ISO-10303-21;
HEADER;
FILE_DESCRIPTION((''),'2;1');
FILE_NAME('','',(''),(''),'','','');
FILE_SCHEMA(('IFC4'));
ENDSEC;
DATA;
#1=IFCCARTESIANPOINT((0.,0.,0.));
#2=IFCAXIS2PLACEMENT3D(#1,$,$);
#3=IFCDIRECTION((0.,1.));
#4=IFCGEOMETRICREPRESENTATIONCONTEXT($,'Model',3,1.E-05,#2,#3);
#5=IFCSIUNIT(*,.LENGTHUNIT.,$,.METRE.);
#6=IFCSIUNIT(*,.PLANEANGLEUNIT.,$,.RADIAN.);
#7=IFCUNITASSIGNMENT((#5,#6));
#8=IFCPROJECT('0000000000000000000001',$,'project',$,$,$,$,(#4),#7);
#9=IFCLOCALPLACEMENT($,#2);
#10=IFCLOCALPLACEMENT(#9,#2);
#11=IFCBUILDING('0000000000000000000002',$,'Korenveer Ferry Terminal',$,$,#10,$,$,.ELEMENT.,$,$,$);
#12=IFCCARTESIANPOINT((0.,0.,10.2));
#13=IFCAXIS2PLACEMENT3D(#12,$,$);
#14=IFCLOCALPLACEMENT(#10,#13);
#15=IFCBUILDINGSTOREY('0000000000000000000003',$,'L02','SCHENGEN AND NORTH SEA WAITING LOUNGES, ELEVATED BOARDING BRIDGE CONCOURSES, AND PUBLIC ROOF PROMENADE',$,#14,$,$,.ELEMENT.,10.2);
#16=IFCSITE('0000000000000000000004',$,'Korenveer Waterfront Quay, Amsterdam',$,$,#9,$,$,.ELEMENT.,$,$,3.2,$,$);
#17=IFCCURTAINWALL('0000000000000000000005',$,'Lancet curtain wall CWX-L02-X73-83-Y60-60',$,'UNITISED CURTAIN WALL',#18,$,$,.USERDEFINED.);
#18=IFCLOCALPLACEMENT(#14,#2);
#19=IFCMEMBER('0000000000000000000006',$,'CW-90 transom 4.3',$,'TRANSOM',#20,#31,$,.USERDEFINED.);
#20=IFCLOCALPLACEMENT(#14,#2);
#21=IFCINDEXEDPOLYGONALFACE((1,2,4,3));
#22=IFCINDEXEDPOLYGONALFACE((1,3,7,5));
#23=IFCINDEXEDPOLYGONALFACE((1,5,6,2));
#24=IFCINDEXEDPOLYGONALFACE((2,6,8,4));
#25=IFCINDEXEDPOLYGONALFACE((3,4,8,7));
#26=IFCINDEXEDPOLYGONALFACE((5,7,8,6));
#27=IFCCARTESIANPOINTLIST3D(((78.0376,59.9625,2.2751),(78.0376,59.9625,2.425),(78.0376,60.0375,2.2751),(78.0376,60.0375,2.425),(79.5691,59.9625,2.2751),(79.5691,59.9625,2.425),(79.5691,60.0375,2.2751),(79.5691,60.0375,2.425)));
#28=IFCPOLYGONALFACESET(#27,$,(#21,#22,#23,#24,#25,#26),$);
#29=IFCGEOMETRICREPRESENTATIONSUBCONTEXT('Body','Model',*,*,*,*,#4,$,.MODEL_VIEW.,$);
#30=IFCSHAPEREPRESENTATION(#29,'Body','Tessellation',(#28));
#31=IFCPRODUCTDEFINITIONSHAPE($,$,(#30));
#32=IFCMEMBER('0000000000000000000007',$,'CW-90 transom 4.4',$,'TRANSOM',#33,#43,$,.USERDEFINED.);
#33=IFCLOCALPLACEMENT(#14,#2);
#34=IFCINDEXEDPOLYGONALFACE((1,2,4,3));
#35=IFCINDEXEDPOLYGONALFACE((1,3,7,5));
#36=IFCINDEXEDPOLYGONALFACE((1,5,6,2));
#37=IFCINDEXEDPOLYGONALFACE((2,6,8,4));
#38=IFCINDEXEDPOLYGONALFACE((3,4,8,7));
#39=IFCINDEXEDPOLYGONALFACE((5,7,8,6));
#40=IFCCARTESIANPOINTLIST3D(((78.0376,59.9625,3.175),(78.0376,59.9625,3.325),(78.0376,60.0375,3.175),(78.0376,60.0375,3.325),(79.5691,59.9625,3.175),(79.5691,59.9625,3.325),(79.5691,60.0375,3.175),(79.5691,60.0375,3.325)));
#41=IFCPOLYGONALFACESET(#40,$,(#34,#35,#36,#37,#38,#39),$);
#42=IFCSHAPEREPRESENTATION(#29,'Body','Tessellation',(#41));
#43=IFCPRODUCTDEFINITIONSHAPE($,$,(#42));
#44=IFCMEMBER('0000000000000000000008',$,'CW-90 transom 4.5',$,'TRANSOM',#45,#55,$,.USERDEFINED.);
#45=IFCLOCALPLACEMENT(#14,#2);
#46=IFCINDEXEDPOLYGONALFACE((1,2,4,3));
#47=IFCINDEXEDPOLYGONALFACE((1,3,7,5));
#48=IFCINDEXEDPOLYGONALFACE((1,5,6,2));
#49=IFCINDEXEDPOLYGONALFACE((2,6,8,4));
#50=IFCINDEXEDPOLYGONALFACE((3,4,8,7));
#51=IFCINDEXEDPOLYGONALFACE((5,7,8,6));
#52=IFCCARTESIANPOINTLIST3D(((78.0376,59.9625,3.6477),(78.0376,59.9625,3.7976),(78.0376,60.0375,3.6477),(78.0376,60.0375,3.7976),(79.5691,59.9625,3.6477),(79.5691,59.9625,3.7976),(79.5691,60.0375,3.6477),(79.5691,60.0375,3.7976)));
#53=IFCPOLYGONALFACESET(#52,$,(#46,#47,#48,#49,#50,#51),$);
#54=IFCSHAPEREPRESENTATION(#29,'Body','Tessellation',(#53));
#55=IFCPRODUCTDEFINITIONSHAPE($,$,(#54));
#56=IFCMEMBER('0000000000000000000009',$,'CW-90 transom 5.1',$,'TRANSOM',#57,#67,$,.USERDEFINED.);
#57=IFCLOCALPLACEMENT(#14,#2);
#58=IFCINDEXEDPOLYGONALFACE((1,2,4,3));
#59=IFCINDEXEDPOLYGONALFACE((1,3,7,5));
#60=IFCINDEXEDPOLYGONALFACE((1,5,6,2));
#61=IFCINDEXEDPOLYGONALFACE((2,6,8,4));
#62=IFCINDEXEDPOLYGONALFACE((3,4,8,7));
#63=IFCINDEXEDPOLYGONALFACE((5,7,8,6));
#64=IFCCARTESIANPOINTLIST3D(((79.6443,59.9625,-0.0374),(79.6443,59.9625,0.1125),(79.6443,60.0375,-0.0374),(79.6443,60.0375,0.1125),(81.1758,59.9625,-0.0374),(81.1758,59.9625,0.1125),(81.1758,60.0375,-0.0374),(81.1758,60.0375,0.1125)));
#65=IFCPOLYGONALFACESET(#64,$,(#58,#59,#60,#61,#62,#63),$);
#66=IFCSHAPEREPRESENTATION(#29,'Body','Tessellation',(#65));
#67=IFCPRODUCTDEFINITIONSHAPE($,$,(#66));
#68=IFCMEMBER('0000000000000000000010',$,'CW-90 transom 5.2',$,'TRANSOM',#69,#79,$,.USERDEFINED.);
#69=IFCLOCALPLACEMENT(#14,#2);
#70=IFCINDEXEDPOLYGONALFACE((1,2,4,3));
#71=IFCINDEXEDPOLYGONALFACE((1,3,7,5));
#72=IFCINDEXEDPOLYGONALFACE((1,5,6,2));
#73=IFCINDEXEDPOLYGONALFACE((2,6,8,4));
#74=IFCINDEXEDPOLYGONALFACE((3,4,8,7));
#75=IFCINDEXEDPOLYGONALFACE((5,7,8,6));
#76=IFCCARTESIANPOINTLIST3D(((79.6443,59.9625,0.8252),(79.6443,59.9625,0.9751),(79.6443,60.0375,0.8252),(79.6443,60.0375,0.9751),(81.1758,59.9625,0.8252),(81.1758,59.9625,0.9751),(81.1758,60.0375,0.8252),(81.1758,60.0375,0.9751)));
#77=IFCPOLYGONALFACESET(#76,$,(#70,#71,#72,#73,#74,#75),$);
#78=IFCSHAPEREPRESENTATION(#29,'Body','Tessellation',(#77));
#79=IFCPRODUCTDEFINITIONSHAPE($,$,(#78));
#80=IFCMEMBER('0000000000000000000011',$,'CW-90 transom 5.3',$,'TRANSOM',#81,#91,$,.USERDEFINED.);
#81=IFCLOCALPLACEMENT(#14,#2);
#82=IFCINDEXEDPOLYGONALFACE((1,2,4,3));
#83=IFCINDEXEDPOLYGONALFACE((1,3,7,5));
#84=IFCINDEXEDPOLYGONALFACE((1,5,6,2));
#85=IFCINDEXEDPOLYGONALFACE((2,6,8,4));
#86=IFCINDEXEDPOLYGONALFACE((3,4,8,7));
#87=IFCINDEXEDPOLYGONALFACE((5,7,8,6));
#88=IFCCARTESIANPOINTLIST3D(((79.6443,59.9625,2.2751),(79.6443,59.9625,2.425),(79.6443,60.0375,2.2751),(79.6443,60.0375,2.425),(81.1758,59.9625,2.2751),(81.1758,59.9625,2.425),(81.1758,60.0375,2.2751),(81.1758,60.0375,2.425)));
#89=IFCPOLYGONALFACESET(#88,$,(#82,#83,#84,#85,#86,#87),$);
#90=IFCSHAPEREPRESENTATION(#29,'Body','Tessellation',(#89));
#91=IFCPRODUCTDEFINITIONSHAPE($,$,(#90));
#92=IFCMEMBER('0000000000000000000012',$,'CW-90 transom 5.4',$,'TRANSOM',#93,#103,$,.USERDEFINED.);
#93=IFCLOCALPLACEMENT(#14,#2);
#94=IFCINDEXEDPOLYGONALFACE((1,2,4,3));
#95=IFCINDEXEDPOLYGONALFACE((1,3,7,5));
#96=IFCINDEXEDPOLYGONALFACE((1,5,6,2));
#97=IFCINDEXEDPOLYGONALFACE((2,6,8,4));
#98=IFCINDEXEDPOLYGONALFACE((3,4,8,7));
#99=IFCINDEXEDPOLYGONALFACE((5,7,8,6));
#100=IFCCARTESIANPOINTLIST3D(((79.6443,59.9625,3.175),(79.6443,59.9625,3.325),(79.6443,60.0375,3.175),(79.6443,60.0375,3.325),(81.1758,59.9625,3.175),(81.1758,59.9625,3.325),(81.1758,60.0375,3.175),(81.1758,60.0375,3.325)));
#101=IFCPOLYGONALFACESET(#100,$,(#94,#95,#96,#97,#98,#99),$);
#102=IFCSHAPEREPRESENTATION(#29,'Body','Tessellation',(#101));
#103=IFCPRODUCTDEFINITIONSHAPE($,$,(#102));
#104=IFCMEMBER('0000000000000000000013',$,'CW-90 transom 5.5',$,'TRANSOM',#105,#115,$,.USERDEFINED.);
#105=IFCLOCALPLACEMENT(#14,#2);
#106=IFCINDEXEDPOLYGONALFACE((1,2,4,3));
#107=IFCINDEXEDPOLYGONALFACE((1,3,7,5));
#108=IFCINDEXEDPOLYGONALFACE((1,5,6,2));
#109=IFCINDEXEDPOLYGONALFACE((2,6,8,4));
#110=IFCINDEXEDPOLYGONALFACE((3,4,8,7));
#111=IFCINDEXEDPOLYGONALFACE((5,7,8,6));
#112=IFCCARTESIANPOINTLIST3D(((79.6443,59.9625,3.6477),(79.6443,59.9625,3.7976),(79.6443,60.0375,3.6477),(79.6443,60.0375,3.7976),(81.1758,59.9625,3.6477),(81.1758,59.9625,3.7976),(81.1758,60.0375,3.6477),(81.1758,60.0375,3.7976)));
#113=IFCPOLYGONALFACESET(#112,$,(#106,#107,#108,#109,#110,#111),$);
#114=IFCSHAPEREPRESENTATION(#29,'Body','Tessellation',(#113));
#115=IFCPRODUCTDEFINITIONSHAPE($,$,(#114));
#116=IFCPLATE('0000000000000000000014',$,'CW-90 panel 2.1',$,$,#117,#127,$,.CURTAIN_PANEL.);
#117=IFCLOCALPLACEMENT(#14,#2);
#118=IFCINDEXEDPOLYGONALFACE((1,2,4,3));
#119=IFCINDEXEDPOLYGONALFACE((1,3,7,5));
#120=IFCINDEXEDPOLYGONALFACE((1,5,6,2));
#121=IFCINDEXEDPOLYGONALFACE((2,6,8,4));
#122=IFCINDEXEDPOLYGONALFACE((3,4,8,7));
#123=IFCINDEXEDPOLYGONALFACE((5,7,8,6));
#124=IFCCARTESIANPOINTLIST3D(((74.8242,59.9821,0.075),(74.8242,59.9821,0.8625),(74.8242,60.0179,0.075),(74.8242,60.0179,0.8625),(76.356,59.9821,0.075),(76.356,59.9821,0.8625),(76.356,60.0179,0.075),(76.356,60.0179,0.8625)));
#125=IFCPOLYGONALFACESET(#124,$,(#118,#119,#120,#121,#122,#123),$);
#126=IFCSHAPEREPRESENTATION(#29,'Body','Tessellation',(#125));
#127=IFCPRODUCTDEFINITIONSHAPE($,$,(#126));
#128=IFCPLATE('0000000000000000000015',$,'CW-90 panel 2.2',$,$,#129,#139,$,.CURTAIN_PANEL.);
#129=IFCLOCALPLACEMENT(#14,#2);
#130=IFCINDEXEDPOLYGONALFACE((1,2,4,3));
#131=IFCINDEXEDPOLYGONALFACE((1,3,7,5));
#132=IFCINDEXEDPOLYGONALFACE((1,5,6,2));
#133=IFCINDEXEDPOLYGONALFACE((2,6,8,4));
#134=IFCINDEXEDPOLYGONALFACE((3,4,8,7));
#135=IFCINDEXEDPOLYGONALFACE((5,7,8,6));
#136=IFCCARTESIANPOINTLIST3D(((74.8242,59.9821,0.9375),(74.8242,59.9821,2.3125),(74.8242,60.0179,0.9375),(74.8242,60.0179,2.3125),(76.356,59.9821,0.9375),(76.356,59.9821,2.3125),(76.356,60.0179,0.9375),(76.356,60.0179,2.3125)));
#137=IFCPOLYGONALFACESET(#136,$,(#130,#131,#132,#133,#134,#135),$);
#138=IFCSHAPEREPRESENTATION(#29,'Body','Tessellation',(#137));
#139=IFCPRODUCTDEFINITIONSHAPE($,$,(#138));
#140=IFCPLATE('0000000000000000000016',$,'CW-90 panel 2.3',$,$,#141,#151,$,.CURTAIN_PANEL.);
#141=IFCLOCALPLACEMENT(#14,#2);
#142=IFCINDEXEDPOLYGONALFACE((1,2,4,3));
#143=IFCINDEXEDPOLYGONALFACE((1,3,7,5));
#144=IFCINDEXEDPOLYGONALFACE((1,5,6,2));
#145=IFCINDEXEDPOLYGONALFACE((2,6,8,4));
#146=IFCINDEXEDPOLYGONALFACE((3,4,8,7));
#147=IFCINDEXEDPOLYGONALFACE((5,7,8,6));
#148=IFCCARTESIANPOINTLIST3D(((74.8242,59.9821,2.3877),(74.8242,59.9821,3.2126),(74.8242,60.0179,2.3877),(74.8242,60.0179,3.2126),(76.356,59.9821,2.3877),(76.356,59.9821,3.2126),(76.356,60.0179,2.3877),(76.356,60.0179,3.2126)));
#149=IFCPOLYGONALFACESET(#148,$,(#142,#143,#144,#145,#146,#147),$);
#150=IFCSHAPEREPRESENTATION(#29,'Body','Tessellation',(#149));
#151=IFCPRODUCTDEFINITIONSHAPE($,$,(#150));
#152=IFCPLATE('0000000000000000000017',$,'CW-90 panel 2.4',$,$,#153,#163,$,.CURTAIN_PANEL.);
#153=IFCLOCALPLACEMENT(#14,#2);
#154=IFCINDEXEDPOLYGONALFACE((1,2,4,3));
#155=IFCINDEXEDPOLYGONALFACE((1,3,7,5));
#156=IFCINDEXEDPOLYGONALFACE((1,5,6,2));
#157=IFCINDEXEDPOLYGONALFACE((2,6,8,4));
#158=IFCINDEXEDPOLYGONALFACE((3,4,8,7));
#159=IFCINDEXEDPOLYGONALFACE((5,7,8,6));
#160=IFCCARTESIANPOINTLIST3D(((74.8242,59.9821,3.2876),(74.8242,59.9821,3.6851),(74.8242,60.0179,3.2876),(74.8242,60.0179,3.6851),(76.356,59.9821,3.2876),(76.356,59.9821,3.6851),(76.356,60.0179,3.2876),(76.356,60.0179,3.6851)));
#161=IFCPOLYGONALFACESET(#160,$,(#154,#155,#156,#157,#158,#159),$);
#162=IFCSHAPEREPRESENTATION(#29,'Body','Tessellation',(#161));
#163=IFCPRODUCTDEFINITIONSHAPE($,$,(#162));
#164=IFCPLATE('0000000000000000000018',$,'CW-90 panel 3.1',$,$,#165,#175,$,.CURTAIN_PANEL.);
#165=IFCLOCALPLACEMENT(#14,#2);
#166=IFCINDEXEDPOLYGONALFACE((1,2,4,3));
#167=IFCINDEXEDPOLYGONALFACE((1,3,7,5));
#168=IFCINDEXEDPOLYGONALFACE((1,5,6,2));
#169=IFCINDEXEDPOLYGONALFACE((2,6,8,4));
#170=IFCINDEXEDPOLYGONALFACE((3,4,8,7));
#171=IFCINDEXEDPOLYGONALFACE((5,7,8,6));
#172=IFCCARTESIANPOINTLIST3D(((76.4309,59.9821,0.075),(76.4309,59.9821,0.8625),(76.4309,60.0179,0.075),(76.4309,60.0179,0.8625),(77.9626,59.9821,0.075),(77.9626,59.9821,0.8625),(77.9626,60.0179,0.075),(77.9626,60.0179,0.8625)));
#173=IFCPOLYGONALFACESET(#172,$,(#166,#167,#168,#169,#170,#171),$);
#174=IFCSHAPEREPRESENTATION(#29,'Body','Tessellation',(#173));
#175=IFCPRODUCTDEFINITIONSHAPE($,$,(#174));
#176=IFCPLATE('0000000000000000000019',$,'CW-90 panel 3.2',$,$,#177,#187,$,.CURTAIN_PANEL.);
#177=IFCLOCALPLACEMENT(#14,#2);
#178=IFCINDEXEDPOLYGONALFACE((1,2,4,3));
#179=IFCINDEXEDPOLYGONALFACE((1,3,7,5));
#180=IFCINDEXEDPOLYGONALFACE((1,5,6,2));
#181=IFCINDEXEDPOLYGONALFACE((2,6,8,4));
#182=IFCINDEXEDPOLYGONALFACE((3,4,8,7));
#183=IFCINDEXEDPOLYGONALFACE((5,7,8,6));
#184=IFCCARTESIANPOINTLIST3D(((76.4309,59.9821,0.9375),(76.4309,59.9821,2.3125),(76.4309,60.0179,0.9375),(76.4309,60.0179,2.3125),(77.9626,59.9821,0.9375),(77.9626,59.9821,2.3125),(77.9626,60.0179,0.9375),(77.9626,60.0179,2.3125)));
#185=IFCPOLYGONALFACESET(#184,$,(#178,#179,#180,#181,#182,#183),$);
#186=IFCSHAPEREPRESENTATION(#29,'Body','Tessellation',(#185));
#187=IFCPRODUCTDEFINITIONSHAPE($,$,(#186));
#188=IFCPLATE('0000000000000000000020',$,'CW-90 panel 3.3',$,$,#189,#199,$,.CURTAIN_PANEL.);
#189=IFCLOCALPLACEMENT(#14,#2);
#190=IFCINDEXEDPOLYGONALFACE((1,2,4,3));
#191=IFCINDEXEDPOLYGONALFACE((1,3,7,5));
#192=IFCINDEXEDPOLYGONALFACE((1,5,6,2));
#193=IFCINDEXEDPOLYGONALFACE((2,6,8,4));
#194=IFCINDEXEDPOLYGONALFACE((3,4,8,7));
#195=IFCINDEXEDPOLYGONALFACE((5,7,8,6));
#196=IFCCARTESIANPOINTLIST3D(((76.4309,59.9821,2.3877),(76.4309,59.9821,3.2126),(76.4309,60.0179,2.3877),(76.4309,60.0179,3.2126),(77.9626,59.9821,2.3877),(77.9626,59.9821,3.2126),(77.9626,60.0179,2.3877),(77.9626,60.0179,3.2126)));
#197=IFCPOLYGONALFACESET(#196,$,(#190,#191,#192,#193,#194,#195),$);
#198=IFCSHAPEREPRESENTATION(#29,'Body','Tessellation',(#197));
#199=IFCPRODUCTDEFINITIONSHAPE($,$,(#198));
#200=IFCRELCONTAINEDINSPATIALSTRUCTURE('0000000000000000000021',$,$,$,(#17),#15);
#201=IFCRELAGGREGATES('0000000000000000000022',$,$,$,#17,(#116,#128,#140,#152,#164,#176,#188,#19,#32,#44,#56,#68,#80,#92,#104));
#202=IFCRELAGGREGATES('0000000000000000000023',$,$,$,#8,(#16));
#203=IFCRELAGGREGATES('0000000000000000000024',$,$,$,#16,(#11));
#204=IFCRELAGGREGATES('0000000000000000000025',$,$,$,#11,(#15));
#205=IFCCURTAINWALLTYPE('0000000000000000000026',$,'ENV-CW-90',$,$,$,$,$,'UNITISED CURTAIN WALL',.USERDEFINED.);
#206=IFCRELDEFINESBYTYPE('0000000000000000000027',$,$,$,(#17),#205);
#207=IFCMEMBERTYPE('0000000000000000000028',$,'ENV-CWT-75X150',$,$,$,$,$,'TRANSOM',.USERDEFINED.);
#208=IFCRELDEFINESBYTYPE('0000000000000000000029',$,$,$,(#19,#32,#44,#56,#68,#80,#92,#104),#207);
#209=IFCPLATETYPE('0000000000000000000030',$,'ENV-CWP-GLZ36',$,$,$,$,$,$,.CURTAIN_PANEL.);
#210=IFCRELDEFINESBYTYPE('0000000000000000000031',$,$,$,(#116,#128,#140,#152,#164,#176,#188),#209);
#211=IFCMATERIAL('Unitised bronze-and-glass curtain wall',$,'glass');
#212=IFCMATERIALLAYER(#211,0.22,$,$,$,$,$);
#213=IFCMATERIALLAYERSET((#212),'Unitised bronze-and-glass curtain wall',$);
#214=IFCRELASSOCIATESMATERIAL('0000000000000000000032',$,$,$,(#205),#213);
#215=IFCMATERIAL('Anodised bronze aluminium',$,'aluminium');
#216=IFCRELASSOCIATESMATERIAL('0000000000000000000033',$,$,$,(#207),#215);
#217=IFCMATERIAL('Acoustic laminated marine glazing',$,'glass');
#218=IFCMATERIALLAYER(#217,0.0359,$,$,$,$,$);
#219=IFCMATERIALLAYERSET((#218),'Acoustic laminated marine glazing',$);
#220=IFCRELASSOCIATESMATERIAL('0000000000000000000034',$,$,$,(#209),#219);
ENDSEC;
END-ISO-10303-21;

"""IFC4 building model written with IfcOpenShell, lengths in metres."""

from ifc_helpers import new_model, si_unit, direction, frame, origin, origin_2d, place, context, subcontext, project, spatial, rectangle, extrude, material, layer, layer_set, material_profile, profile_set, type_object, element, aggregate, save


model = new_model("IFC4")

# Units and contexts
model_context = context("Model", 3, precision=1e-05, world=origin(), true_north=direction((0.0, 1.0)))
body_context = subcontext(model_context, "Body", "Model", "MODEL_VIEW")
ifc_project = project(units=[si_unit("LENGTHUNIT", "METRE"), si_unit("PLANEANGLEUNIT", "RADIAN")], contexts=[model_context])

# Site, building, storey
site_placement = place(None, origin())
site = spatial("IfcSite", under=ifc_project, at=site_placement, Name="Korenveer Waterfront Quay, Amsterdam", CompositionType="ELEMENT", RefElevation=3.2)
building_placement = place(site_placement, origin())
building = spatial("IfcBuilding", under=site, at=building_placement, Name="Korenveer Ferry Terminal", CompositionType="ELEMENT")
storey_placement = place(building_placement, frame((0.0, 0.0, 10.2)))
storey = spatial("IfcBuildingStorey", under=building, at=storey_placement, Name="L02", Description="SCHENGEN AND NORTH SEA WAITING LOUNGES, ELEVATED BOARDING BRIDGE CONCOURSES, AND PUBLIC ROOF PROMENADE", CompositionType="ELEMENT", Elevation=10.2)

# Curtain wall, members, plates
ifc_material_1 = material(Name="Unitised bronze-and-glass curtain wall", Category="glass")
ifc_layer_1 = layer(ifc_material_1, 0.22)
ifc_layer_set_1 = layer_set([ifc_layer_1], Name="Unitised bronze-and-glass curtain wall")
curtain_wall_type = type_object("IfcCurtainWallType", Name="ENV-CW-90", ElementType="UNITISED CURTAIN WALL", PredefinedType="USERDEFINED", material=ifc_layer_set_1)
curtain_wall_placement = place(storey_placement, frame((73.1799, 60.0, 0.0)))
curtain_wall = element("IfcCurtainWall", 1, at=curtain_wall_placement, inside=storey, type_object=curtain_wall_type, Name="Lancet curtain wall CWX-L02-X73-83-Y60-60", ObjectType="UNITISED CURTAIN WALL", PredefinedType="USERDEFINED")
ifc_material_2 = material(Name="Anodised bronze aluminium", Category="aluminium")
ifc_material_profile_1 = material_profile(ifc_material_2, rectangle(XDim=0.075, YDim=0.1499, at=origin_2d()), Name="ALU 75x150")
ifc_profile_set_1 = profile_set([ifc_material_profile_1], Name="Anodised bronze aluminium")
member_type_1 = type_object("IfcMemberType", Name="ENV-CWT-75X150", ElementType="TRANSOM", PredefinedType="USERDEFINED", material=ifc_profile_set_1)
member_1_placement = place(storey_placement, frame((78.0376, 60.0, 2.3501), z_axis=(1.0, 0.0, 0.0), x_axis=(0.0, 1.0, 0.0)))
member_1 = element("IfcMember", 2, at=member_1_placement, type_object=member_type_1, Name="CW-90 transom 4.3", ObjectType="TRANSOM", PredefinedType="USERDEFINED", context=body_context, shape_type="SweptSolid", body=[
    extrude(rectangle(XDim=0.075, YDim=0.1499, at=origin_2d()), origin(), (0.0, 0.0, 1.0), 1.5315),
])
member_2_placement = place(storey_placement, frame((78.0376, 60.0, 3.25), z_axis=(1.0, 0.0, 0.0), x_axis=(0.0, 1.0, 0.0)))
member_2 = element("IfcMember", 3, at=member_2_placement, type_object=member_type_1, Name="CW-90 transom 4.4", ObjectType="TRANSOM", PredefinedType="USERDEFINED", context=body_context, shape_type="SweptSolid", body=[
    extrude(rectangle(XDim=0.075, YDim=0.1499, at=origin_2d()), origin(), (0.0, 0.0, 1.0), 1.5315),
])
member_3_placement = place(storey_placement, frame((78.0376, 60.0, 3.7227), z_axis=(1.0, 0.0, 0.0), x_axis=(0.0, 1.0, 0.0)))
member_3 = element("IfcMember", 4, at=member_3_placement, type_object=member_type_1, Name="CW-90 transom 4.5", ObjectType="TRANSOM", PredefinedType="USERDEFINED", context=body_context, shape_type="SweptSolid", body=[
    extrude(rectangle(XDim=0.075, YDim=0.1499, at=origin_2d()), origin(), (0.0, 0.0, 1.0), 1.5315),
])
member_4_placement = place(storey_placement, frame((79.6443, 60.0, 0.0376), z_axis=(1.0, 0.0, 0.0), x_axis=(0.0, 1.0, 0.0)))
member_4 = element("IfcMember", 5, at=member_4_placement, type_object=member_type_1, Name="CW-90 transom 5.1", ObjectType="TRANSOM", PredefinedType="USERDEFINED", context=body_context, shape_type="SweptSolid", body=[
    extrude(rectangle(XDim=0.075, YDim=0.1499, at=origin_2d()), origin(), (0.0, 0.0, 1.0), 1.5315),
])
member_5_placement = place(storey_placement, frame((79.6443, 60.0, 0.9001), z_axis=(1.0, 0.0, 0.0), x_axis=(0.0, 1.0, 0.0)))
member_5 = element("IfcMember", 6, at=member_5_placement, type_object=member_type_1, Name="CW-90 transom 5.2", ObjectType="TRANSOM", PredefinedType="USERDEFINED", context=body_context, shape_type="SweptSolid", body=[
    extrude(rectangle(XDim=0.075, YDim=0.1499, at=origin_2d()), origin(), (0.0, 0.0, 1.0), 1.5315),
])
member_6_placement = place(storey_placement, frame((79.6443, 60.0, 2.3501), z_axis=(1.0, 0.0, 0.0), x_axis=(0.0, 1.0, 0.0)))
member_6 = element("IfcMember", 7, at=member_6_placement, type_object=member_type_1, Name="CW-90 transom 5.3", ObjectType="TRANSOM", PredefinedType="USERDEFINED", context=body_context, shape_type="SweptSolid", body=[
    extrude(rectangle(XDim=0.075, YDim=0.1499, at=origin_2d()), origin(), (0.0, 0.0, 1.0), 1.5315),
])
member_7_placement = place(storey_placement, frame((79.6443, 60.0, 3.25), z_axis=(1.0, 0.0, 0.0), x_axis=(0.0, 1.0, 0.0)))
member_7 = element("IfcMember", 8, at=member_7_placement, type_object=member_type_1, Name="CW-90 transom 5.4", ObjectType="TRANSOM", PredefinedType="USERDEFINED", context=body_context, shape_type="SweptSolid", body=[
    extrude(rectangle(XDim=0.075, YDim=0.1499, at=origin_2d()), origin(), (0.0, 0.0, 1.0), 1.5315),
])
member_8_placement = place(storey_placement, frame((79.6443, 60.0, 3.7227), z_axis=(1.0, 0.0, 0.0), x_axis=(0.0, 1.0, 0.0)))
member_8 = element("IfcMember", 9, at=member_8_placement, type_object=member_type_1, Name="CW-90 transom 5.5", ObjectType="TRANSOM", PredefinedType="USERDEFINED", context=body_context, shape_type="SweptSolid", body=[
    extrude(rectangle(XDim=0.075, YDim=0.1499, at=origin_2d()), origin(), (0.0, 0.0, 1.0), 1.5315),
])
ifc_material_3 = material(Name="Acoustic laminated marine glazing", Category="glass")
ifc_layer_2 = layer(ifc_material_3, 0.0359)
ifc_layer_set_2 = layer_set([ifc_layer_2], Name="Acoustic laminated marine glazing")
plate_type = type_object("IfcPlateType", Name="ENV-CWP-GLZ36", PredefinedType="CURTAIN_PANEL", material=ifc_layer_set_2)
plate_1_placement = place(storey_placement, frame((75.5901, 60.0, 0.075), z_axis=(0.0, 0.0, 1.0), x_axis=(1.0, 0.0, 0.0)))
plate_1 = element("IfcPlate", 10, at=plate_1_placement, type_object=plate_type, Name="CW-90 panel 2.1", PredefinedType="CURTAIN_PANEL", context=body_context, shape_type="SweptSolid", body=[
    extrude(rectangle(XDim=1.5317, YDim=0.0359, at=origin_2d()), origin(), (0.0, 0.0, 1.0), 0.7876),
])
plate_2_placement = place(storey_placement, frame((75.5901, 60.0, 0.9375), z_axis=(0.0, 0.0, 1.0), x_axis=(1.0, 0.0, 0.0)))
plate_2 = element("IfcPlate", 11, at=plate_2_placement, type_object=plate_type, Name="CW-90 panel 2.2", PredefinedType="CURTAIN_PANEL", context=body_context, shape_type="SweptSolid", body=[
    extrude(rectangle(XDim=1.5317, YDim=0.0359, at=origin_2d()), origin(), (0.0, 0.0, 1.0), 1.375),
])
plate_3_placement = place(storey_placement, frame((75.5901, 60.0, 2.3877), z_axis=(0.0, 0.0, 1.0), x_axis=(1.0, 0.0, 0.0)))
plate_3 = element("IfcPlate", 12, at=plate_3_placement, type_object=plate_type, Name="CW-90 panel 2.3", PredefinedType="CURTAIN_PANEL", context=body_context, shape_type="SweptSolid", body=[
    extrude(rectangle(XDim=1.5317, YDim=0.0359, at=origin_2d()), origin(), (0.0, 0.0, 1.0), 0.825),
])
plate_4_placement = place(storey_placement, frame((75.5901, 60.0, 3.2876), z_axis=(0.0, 0.0, 1.0), x_axis=(1.0, 0.0, 0.0)))
plate_4 = element("IfcPlate", 13, at=plate_4_placement, type_object=plate_type, Name="CW-90 panel 2.4", PredefinedType="CURTAIN_PANEL", context=body_context, shape_type="SweptSolid", body=[
    extrude(rectangle(XDim=1.5317, YDim=0.0359, at=origin_2d()), origin(), (0.0, 0.0, 1.0), 0.3975),
])
plate_5_placement = place(storey_placement, frame((77.1968, 60.0, 0.075), z_axis=(0.0, 0.0, 1.0), x_axis=(1.0, 0.0, 0.0)))
plate_5 = element("IfcPlate", 14, at=plate_5_placement, type_object=plate_type, Name="CW-90 panel 3.1", PredefinedType="CURTAIN_PANEL", context=body_context, shape_type="SweptSolid", body=[
    extrude(rectangle(XDim=1.5317, YDim=0.0359, at=origin_2d()), origin(), (0.0, 0.0, 1.0), 0.7876),
])
plate_6_placement = place(storey_placement, frame((77.1968, 60.0, 0.9375), z_axis=(0.0, 0.0, 1.0), x_axis=(1.0, 0.0, 0.0)))
plate_6 = element("IfcPlate", 15, at=plate_6_placement, type_object=plate_type, Name="CW-90 panel 3.2", PredefinedType="CURTAIN_PANEL", context=body_context, shape_type="SweptSolid", body=[
    extrude(rectangle(XDim=1.5317, YDim=0.0359, at=origin_2d()), origin(), (0.0, 0.0, 1.0), 1.375),
])
plate_7_placement = place(storey_placement, frame((77.1968, 60.0, 2.3877), z_axis=(0.0, 0.0, 1.0), x_axis=(1.0, 0.0, 0.0)))
plate_7 = element("IfcPlate", 16, at=plate_7_placement, type_object=plate_type, Name="CW-90 panel 3.3", PredefinedType="CURTAIN_PANEL", context=body_context, shape_type="SweptSolid", body=[
    extrude(rectangle(XDim=1.5317, YDim=0.0359, at=origin_2d()), origin(), (0.0, 0.0, 1.0), 0.825),
])
aggregate(curtain_wall, [plate_1, plate_2, plate_3, plate_4, plate_5, plate_6, plate_7, member_1, member_2, member_3, member_4, member_5, member_6, member_7, member_8])

save(model, "model.ifc")
